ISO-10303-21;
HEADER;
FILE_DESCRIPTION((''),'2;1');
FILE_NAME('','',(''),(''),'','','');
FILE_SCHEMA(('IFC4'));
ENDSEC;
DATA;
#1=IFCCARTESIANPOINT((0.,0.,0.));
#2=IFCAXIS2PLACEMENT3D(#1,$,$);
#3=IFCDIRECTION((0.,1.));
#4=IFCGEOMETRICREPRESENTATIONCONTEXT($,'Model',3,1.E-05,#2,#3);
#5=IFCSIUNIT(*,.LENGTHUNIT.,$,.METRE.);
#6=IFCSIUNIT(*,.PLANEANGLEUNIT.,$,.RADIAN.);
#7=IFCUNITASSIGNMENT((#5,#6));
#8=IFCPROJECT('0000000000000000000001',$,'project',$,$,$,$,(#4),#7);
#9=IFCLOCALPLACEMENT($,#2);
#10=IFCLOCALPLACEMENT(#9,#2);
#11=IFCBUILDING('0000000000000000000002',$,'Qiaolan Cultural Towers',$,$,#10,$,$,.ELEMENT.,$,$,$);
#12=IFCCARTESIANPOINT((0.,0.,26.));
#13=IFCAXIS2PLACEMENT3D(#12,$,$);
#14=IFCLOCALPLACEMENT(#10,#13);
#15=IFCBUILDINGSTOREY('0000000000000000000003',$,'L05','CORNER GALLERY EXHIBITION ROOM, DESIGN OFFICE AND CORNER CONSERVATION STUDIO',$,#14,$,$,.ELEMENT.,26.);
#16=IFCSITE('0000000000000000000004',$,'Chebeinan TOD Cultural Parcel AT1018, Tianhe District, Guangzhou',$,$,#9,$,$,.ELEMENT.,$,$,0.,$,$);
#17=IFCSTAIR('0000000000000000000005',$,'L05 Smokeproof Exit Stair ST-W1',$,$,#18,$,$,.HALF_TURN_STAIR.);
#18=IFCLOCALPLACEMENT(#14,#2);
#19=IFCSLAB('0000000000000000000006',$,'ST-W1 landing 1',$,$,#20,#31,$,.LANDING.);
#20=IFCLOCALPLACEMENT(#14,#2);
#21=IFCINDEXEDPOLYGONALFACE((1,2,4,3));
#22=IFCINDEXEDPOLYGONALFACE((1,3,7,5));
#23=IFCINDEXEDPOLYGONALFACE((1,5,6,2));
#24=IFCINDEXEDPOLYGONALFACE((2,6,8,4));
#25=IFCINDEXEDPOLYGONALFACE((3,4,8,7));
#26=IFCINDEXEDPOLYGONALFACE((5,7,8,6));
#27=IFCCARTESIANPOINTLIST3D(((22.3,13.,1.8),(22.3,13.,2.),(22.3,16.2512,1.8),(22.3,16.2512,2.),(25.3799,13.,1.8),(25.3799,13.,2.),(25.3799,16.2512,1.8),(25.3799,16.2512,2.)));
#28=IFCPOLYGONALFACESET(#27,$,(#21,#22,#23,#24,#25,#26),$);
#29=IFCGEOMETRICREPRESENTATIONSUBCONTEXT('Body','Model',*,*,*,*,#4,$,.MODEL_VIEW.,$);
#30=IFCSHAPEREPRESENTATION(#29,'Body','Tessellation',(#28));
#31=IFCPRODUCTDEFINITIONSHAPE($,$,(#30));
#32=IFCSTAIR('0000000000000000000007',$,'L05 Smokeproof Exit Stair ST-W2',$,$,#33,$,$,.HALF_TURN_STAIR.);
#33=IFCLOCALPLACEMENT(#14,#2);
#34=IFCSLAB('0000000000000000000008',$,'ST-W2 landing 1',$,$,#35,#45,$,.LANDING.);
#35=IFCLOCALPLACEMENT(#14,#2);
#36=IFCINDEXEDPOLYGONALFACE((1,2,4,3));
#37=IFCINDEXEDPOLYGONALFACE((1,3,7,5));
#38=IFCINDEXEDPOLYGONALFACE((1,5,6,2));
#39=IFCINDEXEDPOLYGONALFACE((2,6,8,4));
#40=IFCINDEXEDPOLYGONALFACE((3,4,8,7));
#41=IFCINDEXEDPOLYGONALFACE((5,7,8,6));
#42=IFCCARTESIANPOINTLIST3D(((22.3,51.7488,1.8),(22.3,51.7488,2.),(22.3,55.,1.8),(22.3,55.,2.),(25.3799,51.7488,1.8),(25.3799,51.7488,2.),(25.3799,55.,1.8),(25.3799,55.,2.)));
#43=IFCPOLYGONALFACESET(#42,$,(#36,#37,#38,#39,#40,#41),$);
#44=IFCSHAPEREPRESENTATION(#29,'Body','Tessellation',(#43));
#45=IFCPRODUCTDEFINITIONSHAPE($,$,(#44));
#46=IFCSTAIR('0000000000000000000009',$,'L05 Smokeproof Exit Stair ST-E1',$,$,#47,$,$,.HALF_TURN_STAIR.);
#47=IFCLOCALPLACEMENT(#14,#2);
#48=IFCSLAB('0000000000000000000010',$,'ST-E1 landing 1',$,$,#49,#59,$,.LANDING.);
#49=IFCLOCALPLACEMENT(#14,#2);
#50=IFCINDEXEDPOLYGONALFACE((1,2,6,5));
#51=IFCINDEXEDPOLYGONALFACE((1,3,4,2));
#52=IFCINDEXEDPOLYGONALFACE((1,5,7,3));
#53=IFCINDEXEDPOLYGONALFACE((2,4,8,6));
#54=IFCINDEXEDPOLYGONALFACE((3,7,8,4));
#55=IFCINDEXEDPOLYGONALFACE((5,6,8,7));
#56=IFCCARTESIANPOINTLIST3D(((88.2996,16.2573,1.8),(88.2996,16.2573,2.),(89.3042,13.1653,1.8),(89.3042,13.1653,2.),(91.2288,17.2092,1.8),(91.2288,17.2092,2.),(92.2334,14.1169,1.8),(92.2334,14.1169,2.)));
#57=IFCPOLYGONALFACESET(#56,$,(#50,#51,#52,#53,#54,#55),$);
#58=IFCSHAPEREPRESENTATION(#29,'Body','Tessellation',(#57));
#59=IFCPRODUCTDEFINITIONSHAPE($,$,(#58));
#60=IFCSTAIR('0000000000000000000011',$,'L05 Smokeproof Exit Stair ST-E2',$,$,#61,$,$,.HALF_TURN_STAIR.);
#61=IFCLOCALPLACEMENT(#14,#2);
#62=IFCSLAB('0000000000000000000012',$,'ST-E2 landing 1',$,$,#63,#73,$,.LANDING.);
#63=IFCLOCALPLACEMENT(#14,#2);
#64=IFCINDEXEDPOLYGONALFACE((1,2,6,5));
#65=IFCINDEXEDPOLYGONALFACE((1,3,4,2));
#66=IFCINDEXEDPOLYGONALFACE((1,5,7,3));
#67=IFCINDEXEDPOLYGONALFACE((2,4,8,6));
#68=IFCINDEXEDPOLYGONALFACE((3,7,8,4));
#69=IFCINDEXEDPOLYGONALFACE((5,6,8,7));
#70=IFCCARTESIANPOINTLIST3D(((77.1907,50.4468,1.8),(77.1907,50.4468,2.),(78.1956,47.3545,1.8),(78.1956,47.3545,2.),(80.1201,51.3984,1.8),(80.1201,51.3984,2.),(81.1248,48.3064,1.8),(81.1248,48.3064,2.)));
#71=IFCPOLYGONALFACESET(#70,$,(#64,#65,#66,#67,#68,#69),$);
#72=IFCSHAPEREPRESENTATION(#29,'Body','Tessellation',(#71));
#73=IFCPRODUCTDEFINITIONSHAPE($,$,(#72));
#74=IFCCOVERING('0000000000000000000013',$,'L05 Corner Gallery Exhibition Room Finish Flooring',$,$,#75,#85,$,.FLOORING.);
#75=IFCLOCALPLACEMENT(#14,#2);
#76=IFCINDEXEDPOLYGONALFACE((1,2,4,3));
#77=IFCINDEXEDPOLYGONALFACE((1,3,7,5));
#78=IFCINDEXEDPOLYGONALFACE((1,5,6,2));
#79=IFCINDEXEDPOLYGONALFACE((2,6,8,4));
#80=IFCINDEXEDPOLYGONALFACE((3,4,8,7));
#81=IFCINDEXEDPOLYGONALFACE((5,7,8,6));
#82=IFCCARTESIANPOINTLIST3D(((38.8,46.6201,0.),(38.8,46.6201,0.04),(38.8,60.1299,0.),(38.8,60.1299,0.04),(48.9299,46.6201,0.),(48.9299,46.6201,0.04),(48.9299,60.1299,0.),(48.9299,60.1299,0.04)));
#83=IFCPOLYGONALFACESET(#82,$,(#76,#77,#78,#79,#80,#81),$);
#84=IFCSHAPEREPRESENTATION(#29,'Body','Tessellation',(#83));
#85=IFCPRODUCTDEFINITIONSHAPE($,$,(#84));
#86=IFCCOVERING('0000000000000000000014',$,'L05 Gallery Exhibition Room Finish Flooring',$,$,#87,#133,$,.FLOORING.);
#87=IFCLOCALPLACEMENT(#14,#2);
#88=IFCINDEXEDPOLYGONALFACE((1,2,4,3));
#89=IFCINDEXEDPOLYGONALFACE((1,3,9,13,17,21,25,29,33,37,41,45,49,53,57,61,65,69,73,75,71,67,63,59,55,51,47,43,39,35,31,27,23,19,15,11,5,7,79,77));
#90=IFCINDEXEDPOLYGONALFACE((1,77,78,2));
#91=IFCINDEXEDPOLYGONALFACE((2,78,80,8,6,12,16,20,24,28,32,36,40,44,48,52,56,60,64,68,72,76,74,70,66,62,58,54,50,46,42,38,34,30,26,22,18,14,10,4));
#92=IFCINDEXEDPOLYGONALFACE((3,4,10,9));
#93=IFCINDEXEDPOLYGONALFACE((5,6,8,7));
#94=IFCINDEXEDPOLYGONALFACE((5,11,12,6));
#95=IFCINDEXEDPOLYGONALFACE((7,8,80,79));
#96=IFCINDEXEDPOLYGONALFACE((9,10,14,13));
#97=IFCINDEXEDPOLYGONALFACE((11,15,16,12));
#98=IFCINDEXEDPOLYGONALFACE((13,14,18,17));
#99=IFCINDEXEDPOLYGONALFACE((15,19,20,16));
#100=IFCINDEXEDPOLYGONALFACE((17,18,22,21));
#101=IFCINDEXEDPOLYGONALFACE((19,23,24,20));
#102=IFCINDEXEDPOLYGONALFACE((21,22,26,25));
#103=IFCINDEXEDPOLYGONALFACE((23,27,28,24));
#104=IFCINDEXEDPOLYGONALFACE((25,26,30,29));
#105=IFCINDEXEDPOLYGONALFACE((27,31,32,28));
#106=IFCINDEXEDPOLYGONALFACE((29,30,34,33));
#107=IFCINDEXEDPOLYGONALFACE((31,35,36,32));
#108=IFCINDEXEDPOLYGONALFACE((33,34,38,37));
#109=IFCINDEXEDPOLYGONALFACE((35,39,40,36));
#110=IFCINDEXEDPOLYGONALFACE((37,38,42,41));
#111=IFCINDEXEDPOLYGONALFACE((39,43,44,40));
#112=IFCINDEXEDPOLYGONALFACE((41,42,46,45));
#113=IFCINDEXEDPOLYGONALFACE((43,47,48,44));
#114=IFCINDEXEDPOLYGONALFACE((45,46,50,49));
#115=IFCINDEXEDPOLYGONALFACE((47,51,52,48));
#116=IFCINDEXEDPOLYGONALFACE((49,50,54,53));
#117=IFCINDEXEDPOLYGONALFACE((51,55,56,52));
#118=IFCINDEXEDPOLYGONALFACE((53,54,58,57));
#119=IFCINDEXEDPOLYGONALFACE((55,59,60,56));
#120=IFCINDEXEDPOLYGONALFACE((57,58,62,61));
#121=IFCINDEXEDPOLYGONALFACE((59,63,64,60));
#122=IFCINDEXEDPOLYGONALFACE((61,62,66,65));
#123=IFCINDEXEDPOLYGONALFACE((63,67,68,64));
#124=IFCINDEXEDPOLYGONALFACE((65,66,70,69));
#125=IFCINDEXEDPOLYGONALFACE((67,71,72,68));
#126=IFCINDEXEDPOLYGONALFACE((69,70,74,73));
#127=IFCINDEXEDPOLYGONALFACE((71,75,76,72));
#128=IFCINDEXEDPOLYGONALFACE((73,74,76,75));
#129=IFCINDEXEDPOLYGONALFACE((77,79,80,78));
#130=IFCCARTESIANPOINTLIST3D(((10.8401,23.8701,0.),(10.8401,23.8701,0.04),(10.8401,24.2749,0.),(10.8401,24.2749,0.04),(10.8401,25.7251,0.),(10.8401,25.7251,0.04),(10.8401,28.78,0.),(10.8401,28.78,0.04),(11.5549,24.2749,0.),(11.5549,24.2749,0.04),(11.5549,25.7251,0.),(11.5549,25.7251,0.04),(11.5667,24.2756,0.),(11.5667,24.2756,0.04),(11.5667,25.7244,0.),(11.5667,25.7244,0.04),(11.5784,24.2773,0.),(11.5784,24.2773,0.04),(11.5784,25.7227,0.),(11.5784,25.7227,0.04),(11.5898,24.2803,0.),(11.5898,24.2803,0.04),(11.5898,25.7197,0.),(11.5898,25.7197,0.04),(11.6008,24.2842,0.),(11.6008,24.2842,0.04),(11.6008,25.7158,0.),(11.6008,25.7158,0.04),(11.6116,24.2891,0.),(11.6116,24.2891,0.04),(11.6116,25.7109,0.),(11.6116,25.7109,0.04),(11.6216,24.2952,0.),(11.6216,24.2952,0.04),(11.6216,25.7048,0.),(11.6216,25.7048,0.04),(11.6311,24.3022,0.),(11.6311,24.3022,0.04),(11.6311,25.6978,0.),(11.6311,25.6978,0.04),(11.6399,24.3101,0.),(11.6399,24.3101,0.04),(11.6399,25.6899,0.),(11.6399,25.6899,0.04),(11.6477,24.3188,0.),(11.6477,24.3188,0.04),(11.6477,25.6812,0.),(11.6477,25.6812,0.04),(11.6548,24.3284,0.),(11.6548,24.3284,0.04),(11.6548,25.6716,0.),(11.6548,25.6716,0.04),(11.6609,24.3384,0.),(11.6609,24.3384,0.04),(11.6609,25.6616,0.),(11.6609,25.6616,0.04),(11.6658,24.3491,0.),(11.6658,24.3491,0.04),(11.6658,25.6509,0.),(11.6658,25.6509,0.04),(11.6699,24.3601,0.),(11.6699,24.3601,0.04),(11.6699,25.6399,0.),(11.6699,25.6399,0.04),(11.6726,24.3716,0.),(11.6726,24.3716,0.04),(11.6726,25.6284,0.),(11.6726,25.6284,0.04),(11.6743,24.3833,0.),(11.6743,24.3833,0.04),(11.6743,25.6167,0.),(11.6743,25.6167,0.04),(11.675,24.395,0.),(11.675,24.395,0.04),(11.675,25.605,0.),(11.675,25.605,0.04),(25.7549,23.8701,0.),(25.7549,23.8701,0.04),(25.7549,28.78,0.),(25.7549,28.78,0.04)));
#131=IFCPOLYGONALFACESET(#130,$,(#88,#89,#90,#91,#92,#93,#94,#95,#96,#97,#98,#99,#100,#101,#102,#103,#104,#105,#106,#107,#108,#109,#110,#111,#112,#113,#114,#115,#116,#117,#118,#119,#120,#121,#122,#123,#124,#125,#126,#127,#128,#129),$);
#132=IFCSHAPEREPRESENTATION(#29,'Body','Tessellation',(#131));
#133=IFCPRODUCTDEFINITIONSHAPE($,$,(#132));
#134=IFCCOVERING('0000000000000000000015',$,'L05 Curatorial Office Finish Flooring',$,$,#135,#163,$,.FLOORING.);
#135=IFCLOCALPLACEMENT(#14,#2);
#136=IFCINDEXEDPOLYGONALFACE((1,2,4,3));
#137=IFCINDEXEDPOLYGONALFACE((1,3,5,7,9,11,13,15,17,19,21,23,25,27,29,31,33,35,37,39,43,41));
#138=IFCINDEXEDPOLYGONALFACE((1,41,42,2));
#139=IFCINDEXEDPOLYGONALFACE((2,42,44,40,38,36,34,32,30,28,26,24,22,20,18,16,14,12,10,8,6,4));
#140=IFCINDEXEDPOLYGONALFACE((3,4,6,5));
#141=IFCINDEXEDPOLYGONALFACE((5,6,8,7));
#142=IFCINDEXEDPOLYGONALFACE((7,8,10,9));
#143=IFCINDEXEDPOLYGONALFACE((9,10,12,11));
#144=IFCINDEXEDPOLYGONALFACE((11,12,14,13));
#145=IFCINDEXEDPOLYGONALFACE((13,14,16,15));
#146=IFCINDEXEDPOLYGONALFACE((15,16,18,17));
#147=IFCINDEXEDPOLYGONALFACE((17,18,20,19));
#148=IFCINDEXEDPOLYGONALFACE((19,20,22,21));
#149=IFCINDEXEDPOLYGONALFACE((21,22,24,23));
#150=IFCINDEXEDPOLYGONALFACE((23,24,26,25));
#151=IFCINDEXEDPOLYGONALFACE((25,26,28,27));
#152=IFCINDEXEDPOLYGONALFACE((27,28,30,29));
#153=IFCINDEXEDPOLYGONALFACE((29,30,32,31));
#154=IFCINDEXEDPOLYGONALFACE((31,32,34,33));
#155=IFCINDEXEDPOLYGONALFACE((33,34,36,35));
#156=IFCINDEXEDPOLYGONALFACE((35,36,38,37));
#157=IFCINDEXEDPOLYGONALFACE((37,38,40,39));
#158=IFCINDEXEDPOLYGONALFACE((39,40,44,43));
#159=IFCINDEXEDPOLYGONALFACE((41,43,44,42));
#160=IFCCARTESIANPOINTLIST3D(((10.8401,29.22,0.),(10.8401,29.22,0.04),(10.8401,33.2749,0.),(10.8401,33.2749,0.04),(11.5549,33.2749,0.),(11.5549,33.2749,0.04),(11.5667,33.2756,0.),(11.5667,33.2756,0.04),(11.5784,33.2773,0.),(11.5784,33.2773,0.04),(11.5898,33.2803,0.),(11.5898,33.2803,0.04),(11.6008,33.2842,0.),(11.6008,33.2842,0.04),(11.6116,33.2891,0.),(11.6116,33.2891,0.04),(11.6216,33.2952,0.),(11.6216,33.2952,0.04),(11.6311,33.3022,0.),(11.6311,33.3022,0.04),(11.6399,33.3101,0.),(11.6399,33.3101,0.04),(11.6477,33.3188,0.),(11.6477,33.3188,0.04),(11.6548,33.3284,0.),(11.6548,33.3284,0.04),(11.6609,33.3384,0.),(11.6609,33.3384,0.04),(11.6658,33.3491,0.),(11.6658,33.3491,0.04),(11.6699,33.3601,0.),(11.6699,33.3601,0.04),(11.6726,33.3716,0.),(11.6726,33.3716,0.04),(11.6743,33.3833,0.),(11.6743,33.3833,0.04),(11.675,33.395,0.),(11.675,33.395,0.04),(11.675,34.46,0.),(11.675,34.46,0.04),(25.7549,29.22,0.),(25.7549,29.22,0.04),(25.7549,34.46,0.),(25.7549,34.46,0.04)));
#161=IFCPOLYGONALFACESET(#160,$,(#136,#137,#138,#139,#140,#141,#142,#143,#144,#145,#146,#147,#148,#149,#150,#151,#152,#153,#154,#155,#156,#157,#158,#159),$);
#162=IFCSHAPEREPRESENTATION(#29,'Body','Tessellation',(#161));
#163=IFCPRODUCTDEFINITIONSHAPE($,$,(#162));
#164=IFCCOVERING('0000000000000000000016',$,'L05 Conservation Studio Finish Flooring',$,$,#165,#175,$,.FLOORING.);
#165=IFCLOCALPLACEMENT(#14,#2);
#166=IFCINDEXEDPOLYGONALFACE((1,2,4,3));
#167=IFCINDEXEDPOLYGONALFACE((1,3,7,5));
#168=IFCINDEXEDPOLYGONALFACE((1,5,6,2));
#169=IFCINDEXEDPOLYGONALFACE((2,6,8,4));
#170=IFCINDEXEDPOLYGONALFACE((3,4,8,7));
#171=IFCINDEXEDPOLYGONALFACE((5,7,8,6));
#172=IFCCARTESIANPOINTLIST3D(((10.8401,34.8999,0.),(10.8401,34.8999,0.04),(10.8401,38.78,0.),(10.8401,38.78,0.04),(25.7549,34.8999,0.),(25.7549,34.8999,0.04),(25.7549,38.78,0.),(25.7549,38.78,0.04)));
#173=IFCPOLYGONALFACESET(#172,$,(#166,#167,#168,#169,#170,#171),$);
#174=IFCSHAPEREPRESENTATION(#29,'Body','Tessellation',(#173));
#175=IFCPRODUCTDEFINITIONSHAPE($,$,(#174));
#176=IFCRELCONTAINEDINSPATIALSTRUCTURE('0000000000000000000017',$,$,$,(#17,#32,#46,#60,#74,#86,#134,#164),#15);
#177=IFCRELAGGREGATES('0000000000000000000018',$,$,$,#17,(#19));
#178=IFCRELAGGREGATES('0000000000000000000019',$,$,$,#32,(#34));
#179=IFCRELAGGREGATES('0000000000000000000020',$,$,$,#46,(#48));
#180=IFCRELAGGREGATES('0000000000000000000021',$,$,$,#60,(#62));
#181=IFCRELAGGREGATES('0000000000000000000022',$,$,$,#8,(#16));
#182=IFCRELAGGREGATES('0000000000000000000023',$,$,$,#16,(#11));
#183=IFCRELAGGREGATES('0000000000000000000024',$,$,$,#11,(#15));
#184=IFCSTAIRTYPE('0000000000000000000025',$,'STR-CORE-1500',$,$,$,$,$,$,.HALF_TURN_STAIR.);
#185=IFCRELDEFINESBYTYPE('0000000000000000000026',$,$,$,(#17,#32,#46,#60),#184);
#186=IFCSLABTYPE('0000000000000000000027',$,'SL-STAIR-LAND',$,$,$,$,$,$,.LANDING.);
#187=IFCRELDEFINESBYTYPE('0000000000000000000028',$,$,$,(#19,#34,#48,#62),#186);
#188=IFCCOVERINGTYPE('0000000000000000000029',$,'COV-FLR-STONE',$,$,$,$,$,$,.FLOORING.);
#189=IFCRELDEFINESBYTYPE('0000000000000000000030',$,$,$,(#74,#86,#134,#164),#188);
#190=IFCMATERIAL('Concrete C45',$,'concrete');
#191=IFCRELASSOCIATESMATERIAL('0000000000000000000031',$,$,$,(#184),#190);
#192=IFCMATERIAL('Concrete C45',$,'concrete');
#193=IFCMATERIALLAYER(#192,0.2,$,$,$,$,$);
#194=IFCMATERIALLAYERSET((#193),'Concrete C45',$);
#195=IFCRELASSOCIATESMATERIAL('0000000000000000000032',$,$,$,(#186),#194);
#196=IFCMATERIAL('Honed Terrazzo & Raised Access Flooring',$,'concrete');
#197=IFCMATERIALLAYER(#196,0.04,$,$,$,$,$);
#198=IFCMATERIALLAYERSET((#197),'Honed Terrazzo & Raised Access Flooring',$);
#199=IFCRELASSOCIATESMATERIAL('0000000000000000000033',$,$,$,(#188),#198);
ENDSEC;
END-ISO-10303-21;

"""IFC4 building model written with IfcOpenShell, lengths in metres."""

from ifc_helpers import new_model, si_unit, direction, frame, origin, place, context, subcontext, project, spatial, polyline, outline, extrude, material, layer, layer_set, type_object, element, aggregate, save


model = new_model("IFC4")

# Units and contexts
model_context = context("Model", 3, precision=1e-05, world=origin(), true_north=direction((0.0, 1.0)))
body_context = subcontext(model_context, "Body", "Model", "MODEL_VIEW")
ifc_project = project(units=[si_unit("LENGTHUNIT", "METRE"), si_unit("PLANEANGLEUNIT", "RADIAN")], contexts=[model_context])

# Site, building, storey
site_placement = place(None, origin())
site = spatial("IfcSite", under=ifc_project, at=site_placement, Name="Chebeinan TOD Cultural Parcel AT1018, Tianhe District, Guangzhou", CompositionType="ELEMENT", RefElevation=0.0)
building_placement = place(site_placement, origin())
building = spatial("IfcBuilding", under=site, at=building_placement, Name="Qiaolan Cultural Towers", CompositionType="ELEMENT")
storey_placement = place(building_placement, frame((0.0, 0.0, 26.0)))
storey = spatial("IfcBuildingStorey", under=building, at=storey_placement, Name="L05", Description="CORNER GALLERY EXHIBITION ROOM, DESIGN OFFICE AND CORNER CONSERVATION STUDIO", CompositionType="ELEMENT", Elevation=26.0)

# Stairs, slabs
ifc_material_1 = material(Name="Concrete C45", Category="concrete")
stair_type = type_object("IfcStairType", Name="STR-CORE-1500", PredefinedType="HALF_TURN_STAIR", material=ifc_material_1)
stair_1_placement = place(storey_placement, origin())
stair_1 = element("IfcStair", 1, at=stair_1_placement, inside=storey, type_object=stair_type, Name="L05 Smokeproof Exit Stair ST-W1", PredefinedType="HALF_TURN_STAIR")
ifc_material_2 = material(Name="Concrete C45", Category="concrete")
ifc_layer_1 = layer(ifc_material_2, 0.2)
ifc_layer_set_1 = layer_set([ifc_layer_1], Name="Concrete C45")
slab_type = type_object("IfcSlabType", Name="SL-STAIR-LAND", PredefinedType="LANDING", material=ifc_layer_set_1)
slab_1_placement = place(storey_placement, frame((0.0, 0.0, 1.8)))
slab_1 = element("IfcSlab", 2, at=slab_1_placement, type_object=slab_type, Name="ST-W1 landing 1", PredefinedType="LANDING", context=body_context, shape_type="SweptSolid", body=[
    extrude(outline(polyline([(22.3, 16.2512), (22.3, 13.0), (25.3799, 13.0), (25.3799, 16.2512), (22.3, 16.2512)])), origin(), (0.0, 0.0, 1.0), 0.2),
])
aggregate(stair_1, [slab_1])
stair_2_placement = place(storey_placement, origin())
stair_2 = element("IfcStair", 3, at=stair_2_placement, inside=storey, type_object=stair_type, Name="L05 Smokeproof Exit Stair ST-W2", PredefinedType="HALF_TURN_STAIR")
slab_2_placement = place(storey_placement, frame((0.0, 0.0, 1.8)))
slab_2 = element("IfcSlab", 4, at=slab_2_placement, type_object=slab_type, Name="ST-W2 landing 1", PredefinedType="LANDING", context=body_context, shape_type="SweptSolid", body=[
    extrude(outline(polyline([(25.3799, 51.7488), (25.3799, 55.0), (22.3, 55.0), (22.3, 51.7488), (25.3799, 51.7488)])), origin(), (0.0, 0.0, 1.0), 0.2),
])
aggregate(stair_2, [slab_2])
stair_3_placement = place(storey_placement, origin())
stair_3 = element("IfcStair", 5, at=stair_3_placement, inside=storey, type_object=stair_type, Name="L05 Smokeproof Exit Stair ST-E1", PredefinedType="HALF_TURN_STAIR")
slab_3_placement = place(storey_placement, frame((0.0, 0.0, 1.8)))
slab_3 = element("IfcSlab", 6, at=slab_3_placement, type_object=slab_type, Name="ST-E1 landing 1", PredefinedType="LANDING", context=body_context, shape_type="SweptSolid", body=[
    extrude(outline(polyline([(88.2996, 16.2573), (89.3042, 13.1653), (92.2334, 14.1169), (91.2288, 17.2092), (88.2996, 16.2573)])), origin(), (0.0, 0.0, 1.0), 0.2),
])
aggregate(stair_3, [slab_3])
stair_4_placement = place(storey_placement, origin())
stair_4 = element("IfcStair", 7, at=stair_4_placement, inside=storey, type_object=stair_type, Name="L05 Smokeproof Exit Stair ST-E2", PredefinedType="HALF_TURN_STAIR")
slab_4_placement = place(storey_placement, frame((0.0, 0.0, 1.8)))
slab_4 = element("IfcSlab", 8, at=slab_4_placement, type_object=slab_type, Name="ST-E2 landing 1", PredefinedType="LANDING", context=body_context, shape_type="SweptSolid", body=[
    extrude(outline(polyline([(81.1248, 48.3064), (80.1201, 51.3984), (77.1907, 50.4468), (78.1956, 47.3545), (81.1248, 48.3064)])), origin(), (0.0, 0.0, 1.0), 0.2),
])
aggregate(stair_4, [slab_4])

# Coverings
ifc_material_3 = material(Name="Honed Terrazzo & Raised Access Flooring", Category="concrete")
ifc_layer_2 = layer(ifc_material_3, 0.04)
ifc_layer_set_2 = layer_set([ifc_layer_2], Name="Honed Terrazzo & Raised Access Flooring")
covering_type = type_object("IfcCoveringType", Name="COV-FLR-STONE", PredefinedType="FLOORING", material=ifc_layer_set_2)
covering_1_placement = place(storey_placement, origin())
element("IfcCovering", 9, at=covering_1_placement, inside=storey, type_object=covering_type, Name="L05 Corner Gallery Exhibition Room Finish Flooring", PredefinedType="FLOORING", context=body_context, shape_type="SweptSolid", body=[
    extrude(outline(polyline([(48.9299, 46.6201), (48.9299, 60.1299), (38.8, 60.1299), (38.8, 46.6201), (48.9299, 46.6201)])), origin(), (0.0, 0.0, 1.0), 0.04),
])
covering_2_placement = place(storey_placement, origin())
element("IfcCovering", 10, at=covering_2_placement, inside=storey, type_object=covering_type, Name="L05 Gallery Exhibition Room Finish Flooring", PredefinedType="FLOORING", context=body_context, shape_type="SweptSolid", body=[
    extrude(outline(polyline([(10.8401, 25.7251), (11.5549, 25.7251), (11.5667, 25.7244), (11.5784, 25.7227), (11.5898, 25.7197), (11.6008, 25.7158), (11.6116, 25.7109), (11.6216, 25.7048), (11.6311, 25.6978), (11.6399, 25.6899), (11.6477, 25.6812), (11.6548, 25.6716), (11.6609, 25.6616), (11.6658, 25.6509), (11.6699, 25.6399), (11.6726, 25.6284), (11.6743, 25.6167), (11.675, 25.605), (11.675, 24.395), (11.6743, 24.3833), (11.6726, 24.3716), (11.6699, 24.3601), (11.6658, 24.3491), (11.6609, 24.3384), (11.6548, 24.3284), (11.6477, 24.3188), (11.6399, 24.3101), (11.6311, 24.3022), (11.6216, 24.2952), (11.6116, 24.2891), (11.6008, 24.2842), (11.5898, 24.2803), (11.5784, 24.2773), (11.5667, 24.2756), (11.5549, 24.2749), (10.8401, 24.2749), (10.8401, 23.8701), (25.7549, 23.8701), (25.7549, 28.78), (10.8401, 28.78), (10.8401, 25.7251)])), origin(), (0.0, 0.0, 1.0), 0.04),
])
covering_3_placement = place(storey_placement, origin())
element("IfcCovering", 11, at=covering_3_placement, inside=storey, type_object=covering_type, Name="L05 Curatorial Office Finish Flooring", PredefinedType="FLOORING", context=body_context, shape_type="SweptSolid", body=[
    extrude(outline(polyline([(11.675, 34.46), (11.675, 33.395), (11.6743, 33.3833), (11.6726, 33.3716), (11.6699, 33.3601), (11.6658, 33.3491), (11.6609, 33.3384), (11.6548, 33.3284), (11.6477, 33.3188), (11.6399, 33.3101), (11.6311, 33.3022), (11.6216, 33.2952), (11.6116, 33.2891), (11.6008, 33.2842), (11.5898, 33.2803), (11.5784, 33.2773), (11.5667, 33.2756), (11.5549, 33.2749), (10.8401, 33.2749), (10.8401, 29.22), (25.7549, 29.22), (25.7549, 34.46), (11.675, 34.46)])), origin(), (0.0, 0.0, 1.0), 0.04),
])
covering_4_placement = place(storey_placement, origin())
element("IfcCovering", 12, at=covering_4_placement, inside=storey, type_object=covering_type, Name="L05 Conservation Studio Finish Flooring", PredefinedType="FLOORING", context=body_context, shape_type="SweptSolid", body=[
    extrude(outline(polyline([(25.7549, 34.8999), (25.7549, 38.78), (10.8401, 38.78), (10.8401, 34.8999), (25.7549, 34.8999)])), origin(), (0.0, 0.0, 1.0), 0.04),
])

save(model, "model.ifc")
